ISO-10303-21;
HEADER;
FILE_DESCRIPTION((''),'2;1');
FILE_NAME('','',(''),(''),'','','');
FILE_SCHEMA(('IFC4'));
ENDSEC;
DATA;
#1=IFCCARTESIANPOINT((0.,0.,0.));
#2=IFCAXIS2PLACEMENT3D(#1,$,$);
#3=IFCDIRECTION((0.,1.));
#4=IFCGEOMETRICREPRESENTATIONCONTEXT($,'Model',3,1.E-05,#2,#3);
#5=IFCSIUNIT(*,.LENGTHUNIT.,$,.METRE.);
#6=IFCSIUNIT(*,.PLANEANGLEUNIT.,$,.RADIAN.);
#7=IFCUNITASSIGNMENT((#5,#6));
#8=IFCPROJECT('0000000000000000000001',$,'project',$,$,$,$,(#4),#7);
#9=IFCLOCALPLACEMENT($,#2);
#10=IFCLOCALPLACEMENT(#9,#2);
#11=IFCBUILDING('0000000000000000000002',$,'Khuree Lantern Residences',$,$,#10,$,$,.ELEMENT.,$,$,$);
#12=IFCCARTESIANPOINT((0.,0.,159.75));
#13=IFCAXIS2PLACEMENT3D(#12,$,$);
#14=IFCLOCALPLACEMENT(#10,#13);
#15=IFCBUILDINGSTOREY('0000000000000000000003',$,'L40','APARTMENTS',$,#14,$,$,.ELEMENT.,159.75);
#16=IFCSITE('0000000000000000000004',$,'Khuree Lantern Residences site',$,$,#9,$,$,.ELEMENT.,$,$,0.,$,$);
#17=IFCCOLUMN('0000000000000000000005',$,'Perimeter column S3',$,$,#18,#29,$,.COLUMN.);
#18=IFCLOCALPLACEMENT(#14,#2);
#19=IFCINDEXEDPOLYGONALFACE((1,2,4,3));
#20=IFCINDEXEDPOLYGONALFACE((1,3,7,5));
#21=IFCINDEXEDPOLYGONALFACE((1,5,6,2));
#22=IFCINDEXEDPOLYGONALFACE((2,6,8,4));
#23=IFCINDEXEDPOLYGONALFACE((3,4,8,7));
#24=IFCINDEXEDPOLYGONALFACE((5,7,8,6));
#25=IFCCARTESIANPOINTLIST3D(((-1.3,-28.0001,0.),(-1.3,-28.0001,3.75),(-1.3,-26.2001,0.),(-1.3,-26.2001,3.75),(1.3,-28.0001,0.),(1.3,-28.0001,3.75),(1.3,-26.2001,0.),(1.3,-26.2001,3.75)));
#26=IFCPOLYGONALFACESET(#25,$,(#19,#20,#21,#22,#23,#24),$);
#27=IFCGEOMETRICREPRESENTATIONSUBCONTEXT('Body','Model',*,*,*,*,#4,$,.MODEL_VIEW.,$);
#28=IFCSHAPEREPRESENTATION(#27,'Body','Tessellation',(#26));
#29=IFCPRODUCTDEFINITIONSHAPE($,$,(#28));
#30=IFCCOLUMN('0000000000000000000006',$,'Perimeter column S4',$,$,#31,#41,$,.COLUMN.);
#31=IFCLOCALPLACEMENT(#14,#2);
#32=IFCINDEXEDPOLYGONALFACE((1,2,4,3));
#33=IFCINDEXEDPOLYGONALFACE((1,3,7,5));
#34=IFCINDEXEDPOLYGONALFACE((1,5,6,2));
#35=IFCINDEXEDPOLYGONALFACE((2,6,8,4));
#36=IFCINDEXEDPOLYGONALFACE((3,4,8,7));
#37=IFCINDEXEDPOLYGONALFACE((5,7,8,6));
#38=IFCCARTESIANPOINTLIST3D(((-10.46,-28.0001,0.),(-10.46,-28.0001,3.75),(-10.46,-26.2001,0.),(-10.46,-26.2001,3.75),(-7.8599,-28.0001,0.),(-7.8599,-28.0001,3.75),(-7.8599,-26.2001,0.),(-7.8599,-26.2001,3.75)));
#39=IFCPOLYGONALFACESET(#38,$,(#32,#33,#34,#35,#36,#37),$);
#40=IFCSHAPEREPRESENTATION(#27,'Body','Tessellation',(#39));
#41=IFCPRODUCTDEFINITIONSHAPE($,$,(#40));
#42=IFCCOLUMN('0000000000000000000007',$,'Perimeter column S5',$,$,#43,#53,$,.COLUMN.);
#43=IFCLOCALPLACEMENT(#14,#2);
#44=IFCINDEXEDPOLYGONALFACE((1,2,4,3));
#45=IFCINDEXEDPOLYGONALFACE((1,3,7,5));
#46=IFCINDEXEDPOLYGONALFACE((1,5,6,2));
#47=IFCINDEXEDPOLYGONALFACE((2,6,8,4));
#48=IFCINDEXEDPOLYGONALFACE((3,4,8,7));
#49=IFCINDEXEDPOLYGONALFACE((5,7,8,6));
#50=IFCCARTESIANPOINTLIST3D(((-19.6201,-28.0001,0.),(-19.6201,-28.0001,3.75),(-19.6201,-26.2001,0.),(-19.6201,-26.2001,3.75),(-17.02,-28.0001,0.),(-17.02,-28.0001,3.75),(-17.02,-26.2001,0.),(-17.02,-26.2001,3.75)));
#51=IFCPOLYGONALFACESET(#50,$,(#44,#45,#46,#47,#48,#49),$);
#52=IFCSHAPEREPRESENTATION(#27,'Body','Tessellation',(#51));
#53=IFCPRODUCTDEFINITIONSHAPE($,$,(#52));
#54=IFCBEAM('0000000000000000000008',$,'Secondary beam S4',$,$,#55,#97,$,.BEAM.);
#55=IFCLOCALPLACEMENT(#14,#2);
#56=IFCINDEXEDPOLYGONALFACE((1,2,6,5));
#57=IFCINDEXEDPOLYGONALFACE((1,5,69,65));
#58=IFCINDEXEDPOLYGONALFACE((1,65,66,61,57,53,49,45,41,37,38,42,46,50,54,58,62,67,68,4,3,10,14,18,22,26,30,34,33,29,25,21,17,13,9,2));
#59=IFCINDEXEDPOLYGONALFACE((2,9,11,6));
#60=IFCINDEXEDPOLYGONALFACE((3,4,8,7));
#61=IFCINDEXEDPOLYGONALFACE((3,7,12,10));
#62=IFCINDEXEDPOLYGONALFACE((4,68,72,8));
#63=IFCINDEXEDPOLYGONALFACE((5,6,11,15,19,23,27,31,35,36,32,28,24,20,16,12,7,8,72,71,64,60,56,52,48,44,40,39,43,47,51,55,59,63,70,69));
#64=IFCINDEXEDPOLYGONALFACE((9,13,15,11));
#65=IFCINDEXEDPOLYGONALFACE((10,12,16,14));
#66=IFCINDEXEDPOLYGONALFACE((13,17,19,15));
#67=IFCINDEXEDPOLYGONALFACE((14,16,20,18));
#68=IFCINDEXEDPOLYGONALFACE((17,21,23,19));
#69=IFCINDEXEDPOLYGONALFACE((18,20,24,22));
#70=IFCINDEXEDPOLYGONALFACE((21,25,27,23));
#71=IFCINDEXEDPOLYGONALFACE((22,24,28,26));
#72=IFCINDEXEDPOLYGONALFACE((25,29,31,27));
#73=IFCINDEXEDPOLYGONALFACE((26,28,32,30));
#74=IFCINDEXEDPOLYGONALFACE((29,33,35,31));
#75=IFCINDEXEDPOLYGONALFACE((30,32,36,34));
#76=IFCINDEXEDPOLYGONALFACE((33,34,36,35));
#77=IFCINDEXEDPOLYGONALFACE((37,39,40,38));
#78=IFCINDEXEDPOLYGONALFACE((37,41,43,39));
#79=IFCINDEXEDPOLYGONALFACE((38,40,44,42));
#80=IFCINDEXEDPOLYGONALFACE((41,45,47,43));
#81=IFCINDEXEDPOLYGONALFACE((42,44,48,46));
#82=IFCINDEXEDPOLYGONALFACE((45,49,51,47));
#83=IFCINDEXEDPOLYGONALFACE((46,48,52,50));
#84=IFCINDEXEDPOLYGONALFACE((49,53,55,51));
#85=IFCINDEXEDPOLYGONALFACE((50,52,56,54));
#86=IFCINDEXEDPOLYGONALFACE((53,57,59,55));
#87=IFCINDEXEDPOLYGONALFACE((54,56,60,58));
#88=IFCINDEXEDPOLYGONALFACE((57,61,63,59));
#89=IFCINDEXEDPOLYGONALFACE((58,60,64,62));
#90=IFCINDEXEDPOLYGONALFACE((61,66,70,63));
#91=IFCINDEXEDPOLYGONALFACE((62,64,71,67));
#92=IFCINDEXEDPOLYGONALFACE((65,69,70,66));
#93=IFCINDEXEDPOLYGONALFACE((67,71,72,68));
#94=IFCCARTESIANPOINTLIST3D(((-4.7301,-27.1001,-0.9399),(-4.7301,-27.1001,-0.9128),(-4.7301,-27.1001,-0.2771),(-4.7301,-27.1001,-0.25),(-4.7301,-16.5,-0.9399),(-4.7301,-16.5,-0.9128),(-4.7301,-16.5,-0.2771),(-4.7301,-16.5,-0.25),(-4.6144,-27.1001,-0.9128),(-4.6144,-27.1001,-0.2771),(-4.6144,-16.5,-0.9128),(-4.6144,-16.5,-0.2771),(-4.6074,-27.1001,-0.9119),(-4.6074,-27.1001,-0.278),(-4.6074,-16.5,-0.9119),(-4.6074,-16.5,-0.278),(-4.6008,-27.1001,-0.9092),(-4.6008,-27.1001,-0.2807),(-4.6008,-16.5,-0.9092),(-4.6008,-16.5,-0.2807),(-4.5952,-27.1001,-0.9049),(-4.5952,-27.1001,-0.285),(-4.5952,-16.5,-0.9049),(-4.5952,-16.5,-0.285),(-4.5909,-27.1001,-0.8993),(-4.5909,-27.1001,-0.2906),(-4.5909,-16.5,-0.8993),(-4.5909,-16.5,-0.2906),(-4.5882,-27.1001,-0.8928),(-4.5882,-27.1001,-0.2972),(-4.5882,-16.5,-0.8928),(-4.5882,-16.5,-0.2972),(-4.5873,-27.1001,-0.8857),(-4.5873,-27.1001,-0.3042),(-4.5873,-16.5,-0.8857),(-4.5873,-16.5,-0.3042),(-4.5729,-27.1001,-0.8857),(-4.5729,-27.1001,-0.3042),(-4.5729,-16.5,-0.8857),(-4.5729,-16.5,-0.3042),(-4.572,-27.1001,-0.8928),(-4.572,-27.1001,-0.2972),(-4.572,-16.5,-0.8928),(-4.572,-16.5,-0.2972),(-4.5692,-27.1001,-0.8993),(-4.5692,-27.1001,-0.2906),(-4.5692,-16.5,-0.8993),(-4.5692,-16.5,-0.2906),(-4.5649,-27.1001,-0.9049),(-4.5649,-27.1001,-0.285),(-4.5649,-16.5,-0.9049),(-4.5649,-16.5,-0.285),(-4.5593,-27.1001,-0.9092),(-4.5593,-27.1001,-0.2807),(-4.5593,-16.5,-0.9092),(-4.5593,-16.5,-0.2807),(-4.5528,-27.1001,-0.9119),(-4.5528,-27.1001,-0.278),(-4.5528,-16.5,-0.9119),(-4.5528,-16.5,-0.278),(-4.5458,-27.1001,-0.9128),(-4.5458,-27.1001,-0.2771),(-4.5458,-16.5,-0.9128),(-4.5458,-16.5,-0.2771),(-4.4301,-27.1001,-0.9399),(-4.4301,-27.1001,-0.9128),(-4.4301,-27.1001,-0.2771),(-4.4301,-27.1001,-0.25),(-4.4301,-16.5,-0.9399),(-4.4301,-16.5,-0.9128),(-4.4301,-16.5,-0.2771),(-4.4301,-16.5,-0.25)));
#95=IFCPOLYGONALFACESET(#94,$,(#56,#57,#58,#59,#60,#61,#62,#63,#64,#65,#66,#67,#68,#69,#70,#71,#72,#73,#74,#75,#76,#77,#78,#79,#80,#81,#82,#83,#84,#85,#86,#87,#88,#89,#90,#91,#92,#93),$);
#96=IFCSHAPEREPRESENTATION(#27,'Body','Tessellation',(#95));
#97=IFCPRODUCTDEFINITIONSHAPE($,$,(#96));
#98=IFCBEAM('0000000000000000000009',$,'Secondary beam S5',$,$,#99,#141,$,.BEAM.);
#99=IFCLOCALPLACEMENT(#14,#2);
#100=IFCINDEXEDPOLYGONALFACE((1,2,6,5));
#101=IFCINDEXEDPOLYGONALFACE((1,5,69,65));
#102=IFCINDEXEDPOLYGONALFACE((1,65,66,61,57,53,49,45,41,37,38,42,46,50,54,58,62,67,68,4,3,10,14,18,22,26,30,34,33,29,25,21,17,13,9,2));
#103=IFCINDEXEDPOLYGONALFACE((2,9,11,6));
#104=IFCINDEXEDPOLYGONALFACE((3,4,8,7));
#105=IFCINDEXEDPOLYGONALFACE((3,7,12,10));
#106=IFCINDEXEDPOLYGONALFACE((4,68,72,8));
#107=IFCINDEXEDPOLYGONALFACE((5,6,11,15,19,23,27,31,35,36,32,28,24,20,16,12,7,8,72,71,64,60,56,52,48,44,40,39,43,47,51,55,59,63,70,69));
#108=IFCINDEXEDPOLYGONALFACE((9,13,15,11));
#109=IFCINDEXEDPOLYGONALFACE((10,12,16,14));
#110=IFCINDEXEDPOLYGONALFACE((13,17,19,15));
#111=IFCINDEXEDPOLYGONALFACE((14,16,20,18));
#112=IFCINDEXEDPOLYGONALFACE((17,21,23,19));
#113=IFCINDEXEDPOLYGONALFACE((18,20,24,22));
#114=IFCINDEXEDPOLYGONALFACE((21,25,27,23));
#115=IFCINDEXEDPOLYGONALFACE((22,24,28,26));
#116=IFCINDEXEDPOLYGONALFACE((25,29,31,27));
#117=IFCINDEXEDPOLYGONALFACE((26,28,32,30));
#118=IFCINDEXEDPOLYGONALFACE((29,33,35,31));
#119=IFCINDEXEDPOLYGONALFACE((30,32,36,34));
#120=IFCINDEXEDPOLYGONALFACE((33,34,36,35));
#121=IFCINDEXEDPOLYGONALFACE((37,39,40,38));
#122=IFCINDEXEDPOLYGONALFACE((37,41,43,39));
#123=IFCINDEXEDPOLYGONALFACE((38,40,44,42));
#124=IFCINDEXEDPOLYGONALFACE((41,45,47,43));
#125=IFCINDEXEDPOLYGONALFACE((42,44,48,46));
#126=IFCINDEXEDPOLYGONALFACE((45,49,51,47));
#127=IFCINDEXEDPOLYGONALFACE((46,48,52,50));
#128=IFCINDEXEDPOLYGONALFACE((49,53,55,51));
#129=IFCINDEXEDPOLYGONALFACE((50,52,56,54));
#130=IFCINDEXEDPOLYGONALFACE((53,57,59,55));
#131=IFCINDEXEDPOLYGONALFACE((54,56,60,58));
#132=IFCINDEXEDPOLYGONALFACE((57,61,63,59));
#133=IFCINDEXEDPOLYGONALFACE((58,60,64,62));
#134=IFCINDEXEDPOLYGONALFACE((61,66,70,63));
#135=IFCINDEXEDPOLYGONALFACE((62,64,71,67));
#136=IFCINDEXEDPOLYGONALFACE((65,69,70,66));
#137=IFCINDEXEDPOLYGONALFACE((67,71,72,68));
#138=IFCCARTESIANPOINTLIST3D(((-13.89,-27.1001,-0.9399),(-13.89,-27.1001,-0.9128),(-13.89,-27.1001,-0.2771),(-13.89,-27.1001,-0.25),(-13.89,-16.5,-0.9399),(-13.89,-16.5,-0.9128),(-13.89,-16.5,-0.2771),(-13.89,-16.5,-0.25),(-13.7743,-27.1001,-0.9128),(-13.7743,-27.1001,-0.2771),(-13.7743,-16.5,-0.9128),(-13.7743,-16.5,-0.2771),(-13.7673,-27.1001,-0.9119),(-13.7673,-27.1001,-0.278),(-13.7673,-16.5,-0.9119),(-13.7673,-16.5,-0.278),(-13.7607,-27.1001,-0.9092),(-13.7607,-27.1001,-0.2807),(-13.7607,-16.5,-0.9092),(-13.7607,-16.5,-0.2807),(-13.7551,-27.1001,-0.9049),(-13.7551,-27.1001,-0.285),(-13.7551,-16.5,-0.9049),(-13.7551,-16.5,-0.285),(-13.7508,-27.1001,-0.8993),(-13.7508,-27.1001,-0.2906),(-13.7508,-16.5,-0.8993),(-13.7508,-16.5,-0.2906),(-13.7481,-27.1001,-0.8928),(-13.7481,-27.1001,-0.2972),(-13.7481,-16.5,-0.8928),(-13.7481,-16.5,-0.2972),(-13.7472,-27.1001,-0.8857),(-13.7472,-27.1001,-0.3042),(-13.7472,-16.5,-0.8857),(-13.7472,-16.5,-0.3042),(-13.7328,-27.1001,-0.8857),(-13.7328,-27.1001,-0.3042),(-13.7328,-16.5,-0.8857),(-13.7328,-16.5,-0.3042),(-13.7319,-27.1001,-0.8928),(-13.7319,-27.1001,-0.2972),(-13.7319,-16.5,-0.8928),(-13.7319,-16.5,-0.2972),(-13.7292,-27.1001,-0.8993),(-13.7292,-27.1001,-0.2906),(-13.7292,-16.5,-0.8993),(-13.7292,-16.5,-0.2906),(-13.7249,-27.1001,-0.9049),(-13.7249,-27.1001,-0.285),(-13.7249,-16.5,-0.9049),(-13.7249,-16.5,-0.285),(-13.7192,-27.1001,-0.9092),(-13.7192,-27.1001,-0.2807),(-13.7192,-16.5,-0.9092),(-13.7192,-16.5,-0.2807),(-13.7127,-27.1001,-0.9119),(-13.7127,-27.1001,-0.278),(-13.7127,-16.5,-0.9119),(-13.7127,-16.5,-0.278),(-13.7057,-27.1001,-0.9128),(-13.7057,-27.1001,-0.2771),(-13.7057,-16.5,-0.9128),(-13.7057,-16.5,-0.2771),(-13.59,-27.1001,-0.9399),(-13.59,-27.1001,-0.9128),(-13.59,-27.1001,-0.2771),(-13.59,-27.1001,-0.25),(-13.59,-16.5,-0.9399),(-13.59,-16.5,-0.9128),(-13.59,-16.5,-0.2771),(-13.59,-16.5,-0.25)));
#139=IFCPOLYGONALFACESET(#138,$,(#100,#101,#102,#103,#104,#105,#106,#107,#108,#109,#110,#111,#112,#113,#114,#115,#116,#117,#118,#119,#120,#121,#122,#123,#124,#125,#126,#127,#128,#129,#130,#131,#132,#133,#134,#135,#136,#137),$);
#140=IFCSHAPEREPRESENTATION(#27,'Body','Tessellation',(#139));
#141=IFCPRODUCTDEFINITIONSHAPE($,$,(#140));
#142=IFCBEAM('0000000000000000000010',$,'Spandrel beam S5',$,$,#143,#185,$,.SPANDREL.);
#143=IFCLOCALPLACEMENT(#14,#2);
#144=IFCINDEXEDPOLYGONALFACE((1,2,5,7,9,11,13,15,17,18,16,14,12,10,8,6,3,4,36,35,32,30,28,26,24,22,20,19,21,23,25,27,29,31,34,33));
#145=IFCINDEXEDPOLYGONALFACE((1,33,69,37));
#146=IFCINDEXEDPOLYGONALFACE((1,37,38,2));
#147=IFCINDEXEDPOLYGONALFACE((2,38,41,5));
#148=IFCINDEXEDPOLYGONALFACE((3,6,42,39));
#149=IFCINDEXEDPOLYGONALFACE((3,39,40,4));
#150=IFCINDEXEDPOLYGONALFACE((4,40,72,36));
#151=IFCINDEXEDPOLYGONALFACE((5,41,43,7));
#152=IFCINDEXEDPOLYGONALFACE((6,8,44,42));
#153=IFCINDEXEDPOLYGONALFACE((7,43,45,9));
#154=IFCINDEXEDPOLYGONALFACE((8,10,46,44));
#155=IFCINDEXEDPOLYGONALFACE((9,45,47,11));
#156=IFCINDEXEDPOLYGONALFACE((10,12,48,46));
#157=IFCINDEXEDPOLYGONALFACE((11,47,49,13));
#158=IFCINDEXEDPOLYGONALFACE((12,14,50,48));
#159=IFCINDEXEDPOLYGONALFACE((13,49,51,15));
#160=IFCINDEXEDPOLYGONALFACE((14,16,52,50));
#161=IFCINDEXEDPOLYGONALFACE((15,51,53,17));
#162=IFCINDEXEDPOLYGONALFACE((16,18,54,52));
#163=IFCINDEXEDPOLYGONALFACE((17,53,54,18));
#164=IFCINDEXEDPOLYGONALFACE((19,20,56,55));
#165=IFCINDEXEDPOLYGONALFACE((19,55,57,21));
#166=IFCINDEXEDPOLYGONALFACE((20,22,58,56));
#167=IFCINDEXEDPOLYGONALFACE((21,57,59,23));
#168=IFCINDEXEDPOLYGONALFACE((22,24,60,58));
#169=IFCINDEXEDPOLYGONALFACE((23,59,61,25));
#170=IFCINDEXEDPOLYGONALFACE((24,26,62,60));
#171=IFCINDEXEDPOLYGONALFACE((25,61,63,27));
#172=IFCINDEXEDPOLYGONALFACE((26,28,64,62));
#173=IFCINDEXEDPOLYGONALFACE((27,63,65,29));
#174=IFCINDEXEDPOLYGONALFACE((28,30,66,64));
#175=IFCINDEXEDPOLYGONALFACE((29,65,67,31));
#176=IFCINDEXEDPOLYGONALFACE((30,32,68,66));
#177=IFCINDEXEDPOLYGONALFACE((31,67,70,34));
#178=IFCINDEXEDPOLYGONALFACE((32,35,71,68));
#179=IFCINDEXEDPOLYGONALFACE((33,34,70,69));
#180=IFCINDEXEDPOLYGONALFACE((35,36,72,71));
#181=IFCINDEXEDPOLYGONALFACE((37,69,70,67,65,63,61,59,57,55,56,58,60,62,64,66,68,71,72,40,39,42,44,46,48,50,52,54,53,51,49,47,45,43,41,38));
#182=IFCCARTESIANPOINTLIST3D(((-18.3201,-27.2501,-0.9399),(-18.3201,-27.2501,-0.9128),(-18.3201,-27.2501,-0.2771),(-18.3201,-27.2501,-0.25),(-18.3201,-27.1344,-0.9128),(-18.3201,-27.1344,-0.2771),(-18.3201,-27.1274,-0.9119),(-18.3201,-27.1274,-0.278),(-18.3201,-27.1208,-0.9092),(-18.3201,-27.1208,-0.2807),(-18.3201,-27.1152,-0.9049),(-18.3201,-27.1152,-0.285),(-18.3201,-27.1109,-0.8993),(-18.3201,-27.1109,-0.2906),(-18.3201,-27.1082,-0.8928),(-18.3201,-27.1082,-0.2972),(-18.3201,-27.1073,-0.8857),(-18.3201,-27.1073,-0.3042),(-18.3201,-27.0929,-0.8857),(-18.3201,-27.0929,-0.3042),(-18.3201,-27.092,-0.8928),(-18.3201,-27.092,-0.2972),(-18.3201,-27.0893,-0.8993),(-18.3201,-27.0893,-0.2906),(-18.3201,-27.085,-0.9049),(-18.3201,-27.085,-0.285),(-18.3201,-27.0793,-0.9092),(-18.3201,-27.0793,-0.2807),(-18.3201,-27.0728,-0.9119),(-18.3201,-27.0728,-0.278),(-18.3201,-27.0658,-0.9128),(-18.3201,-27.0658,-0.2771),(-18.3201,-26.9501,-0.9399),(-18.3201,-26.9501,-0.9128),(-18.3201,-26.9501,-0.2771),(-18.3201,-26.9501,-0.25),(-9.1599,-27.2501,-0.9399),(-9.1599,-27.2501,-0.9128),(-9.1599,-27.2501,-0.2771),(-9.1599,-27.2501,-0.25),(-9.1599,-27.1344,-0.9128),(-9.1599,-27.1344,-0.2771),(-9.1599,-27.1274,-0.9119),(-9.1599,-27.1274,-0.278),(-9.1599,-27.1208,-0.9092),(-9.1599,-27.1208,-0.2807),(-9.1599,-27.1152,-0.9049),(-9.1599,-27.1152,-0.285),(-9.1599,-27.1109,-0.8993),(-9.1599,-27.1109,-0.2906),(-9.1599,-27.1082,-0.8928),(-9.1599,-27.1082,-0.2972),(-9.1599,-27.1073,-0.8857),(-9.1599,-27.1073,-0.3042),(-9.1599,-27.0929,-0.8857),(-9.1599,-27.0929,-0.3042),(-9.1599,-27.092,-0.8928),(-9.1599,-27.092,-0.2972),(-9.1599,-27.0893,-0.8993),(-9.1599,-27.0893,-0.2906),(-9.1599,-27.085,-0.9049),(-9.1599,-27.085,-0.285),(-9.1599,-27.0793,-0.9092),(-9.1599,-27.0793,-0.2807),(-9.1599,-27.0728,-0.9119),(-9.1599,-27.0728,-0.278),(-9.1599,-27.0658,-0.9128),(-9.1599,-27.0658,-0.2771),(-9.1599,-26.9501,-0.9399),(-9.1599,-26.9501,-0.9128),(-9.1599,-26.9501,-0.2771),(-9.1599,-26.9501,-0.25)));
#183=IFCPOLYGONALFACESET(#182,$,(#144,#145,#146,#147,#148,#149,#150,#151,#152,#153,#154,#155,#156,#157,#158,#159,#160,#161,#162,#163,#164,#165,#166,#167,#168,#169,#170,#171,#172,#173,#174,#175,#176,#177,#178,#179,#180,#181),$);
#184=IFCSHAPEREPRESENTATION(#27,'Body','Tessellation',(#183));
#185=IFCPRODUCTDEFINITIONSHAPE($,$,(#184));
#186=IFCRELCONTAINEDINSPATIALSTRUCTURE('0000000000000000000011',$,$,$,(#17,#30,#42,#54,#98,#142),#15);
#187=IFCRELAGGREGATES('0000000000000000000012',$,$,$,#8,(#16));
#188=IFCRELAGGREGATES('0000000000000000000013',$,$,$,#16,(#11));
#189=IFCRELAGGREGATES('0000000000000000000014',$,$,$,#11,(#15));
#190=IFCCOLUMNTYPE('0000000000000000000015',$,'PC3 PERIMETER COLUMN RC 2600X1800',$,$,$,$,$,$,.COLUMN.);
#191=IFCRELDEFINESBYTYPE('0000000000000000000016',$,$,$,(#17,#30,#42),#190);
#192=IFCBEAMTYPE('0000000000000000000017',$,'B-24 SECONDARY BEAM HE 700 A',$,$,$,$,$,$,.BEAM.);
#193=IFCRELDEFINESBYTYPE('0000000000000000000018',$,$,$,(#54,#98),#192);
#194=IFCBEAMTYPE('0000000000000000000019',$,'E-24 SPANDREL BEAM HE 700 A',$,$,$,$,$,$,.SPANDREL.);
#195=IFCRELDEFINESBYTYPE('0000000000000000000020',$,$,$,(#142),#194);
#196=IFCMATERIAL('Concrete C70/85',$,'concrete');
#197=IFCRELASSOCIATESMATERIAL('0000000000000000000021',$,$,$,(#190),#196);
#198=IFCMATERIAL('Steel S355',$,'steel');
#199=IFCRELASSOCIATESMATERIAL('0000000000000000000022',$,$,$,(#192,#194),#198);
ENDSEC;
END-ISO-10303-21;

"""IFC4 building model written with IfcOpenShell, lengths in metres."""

from ifc_helpers import new_model, si_unit, direction, frame, origin, origin_2d, place, context, subcontext, project, spatial, rectangle, i_section, extrude, material, material_profile, profile_set, type_object, element, save


model = new_model("IFC4")

# Units and contexts
model_context = context("Model", 3, precision=1e-05, world=origin(), true_north=direction((0.0, 1.0)))
body_context = subcontext(model_context, "Body", "Model", "MODEL_VIEW")
ifc_project = project(units=[si_unit("LENGTHUNIT", "METRE"), si_unit("PLANEANGLEUNIT", "RADIAN")], contexts=[model_context])

# Site, building, storey
site_placement = place(None, origin())
site = spatial("IfcSite", under=ifc_project, at=site_placement, Name="Khuree Lantern Residences site", CompositionType="ELEMENT", RefElevation=0.0)
building_placement = place(site_placement, origin())
building = spatial("IfcBuilding", under=site, at=building_placement, Name="Khuree Lantern Residences", CompositionType="ELEMENT")
storey_placement = place(building_placement, frame((0.0, 0.0, 159.75)))
storey = spatial("IfcBuildingStorey", under=building, at=storey_placement, Name="L40", Description="APARTMENTS", CompositionType="ELEMENT", Elevation=159.75)

# Columns
ifc_material_1 = material(Name="Concrete C70/85", Category="concrete")
ifc_material_profile_1 = material_profile(ifc_material_1, rectangle(XDim=2.6001, YDim=1.8, at=origin_2d()), Name="RC 2600X1800")
ifc_profile_set_1 = profile_set([ifc_material_profile_1], Name="Concrete C70/85")
column_type = type_object("IfcColumnType", Name="PC3 PERIMETER COLUMN RC 2600X1800", PredefinedType="COLUMN", material=ifc_profile_set_1)
for number, where, z_axis, x_axis, name in (
    (1, (0.0, -27.1001, 0.0), (0.0, 0.0, 1.0), (1.0, 0.0, 0.0), "Perimeter column S3"),
    (2, (-9.1599, -27.1001, 0.0), (0.0, 0.0, 1.0), (1.0, 0.0, 0.0), "Perimeter column S4"),
    (3, (-18.3201, -27.1001, 0.0), (0.0, 0.0, 1.0), (1.0, 0.0, 0.0), "Perimeter column S5"),
):
    element("IfcColumn", number, at=place(storey_placement, frame(where, z_axis=z_axis, x_axis=x_axis)), inside=storey, type_object=column_type, Name=name, PredefinedType="COLUMN", context=body_context, shape_type="SweptSolid", body=[
        extrude(rectangle(XDim=2.6001, YDim=1.8, at=origin_2d()), origin(), (0.0, 0.0, 1.0), 3.75),
    ])

# Beams
ifc_material_2 = material(Name="Steel S355", Category="steel")
ifc_material_profile_2 = material_profile(ifc_material_2, i_section(OverallWidth=0.3, OverallDepth=0.6899, WebThickness=0.0144, FlangeThickness=0.0271, FilletRadius=0.0271, at=origin_2d()), Name="HE 700 A")
ifc_profile_set_2 = profile_set([ifc_material_profile_2], Name="Steel S355")
beam_type_1 = type_object("IfcBeamType", Name="B-24 SECONDARY BEAM HE 700 A", PredefinedType="BEAM", material=ifc_profile_set_2)
for number, where, z_axis, x_axis, name in (
    (4, (-4.5801, -27.1001, -0.595), (0.0, 1.0, 0.0), (-1.0, 0.0, 0.0), "Secondary beam S4"),
    (5, (-13.74, -27.1001, -0.595), (0.0, 1.0, 0.0), (-1.0, 0.0, 0.0), "Secondary beam S5"),
):
    element("IfcBeam", number, at=place(storey_placement, frame(where, z_axis=z_axis, x_axis=x_axis)), inside=storey, type_object=beam_type_1, Name=name, PredefinedType="BEAM", context=body_context, shape_type="SweptSolid", body=[
        extrude(i_section(OverallWidth=0.3, OverallDepth=0.6899, WebThickness=0.0144, FlangeThickness=0.0271, FilletRadius=0.0271, at=origin_2d()), origin(), (0.0, 0.0, 1.0), 10.6001),
    ])
ifc_material_profile_3 = material_profile(ifc_material_2, i_section(OverallWidth=0.3, OverallDepth=0.6899, WebThickness=0.0144, FlangeThickness=0.0271, FilletRadius=0.0271, at=origin_2d()), Name="HE 700 A")
ifc_profile_set_3 = profile_set([ifc_material_profile_3], Name="Steel S355")
beam_type_2 = type_object("IfcBeamType", Name="E-24 SPANDREL BEAM HE 700 A", PredefinedType="SPANDREL", material=ifc_profile_set_3)
beam_1_placement = place(storey_placement, frame((-9.1599, -27.1001, -0.595), z_axis=(-1.0, 0.0, 0.0), x_axis=(0.0, -1.0, 0.0)))
element("IfcBeam", 6, at=beam_1_placement, inside=storey, type_object=beam_type_2, Name="Spandrel beam S5", PredefinedType="SPANDREL", context=body_context, shape_type="SweptSolid", body=[
    extrude(i_section(OverallWidth=0.3, OverallDepth=0.6899, WebThickness=0.0144, FlangeThickness=0.0271, FilletRadius=0.0271, at=origin_2d()), origin(), (0.0, 0.0, 1.0), 9.1602),
])

save(model, "model.ifc")
